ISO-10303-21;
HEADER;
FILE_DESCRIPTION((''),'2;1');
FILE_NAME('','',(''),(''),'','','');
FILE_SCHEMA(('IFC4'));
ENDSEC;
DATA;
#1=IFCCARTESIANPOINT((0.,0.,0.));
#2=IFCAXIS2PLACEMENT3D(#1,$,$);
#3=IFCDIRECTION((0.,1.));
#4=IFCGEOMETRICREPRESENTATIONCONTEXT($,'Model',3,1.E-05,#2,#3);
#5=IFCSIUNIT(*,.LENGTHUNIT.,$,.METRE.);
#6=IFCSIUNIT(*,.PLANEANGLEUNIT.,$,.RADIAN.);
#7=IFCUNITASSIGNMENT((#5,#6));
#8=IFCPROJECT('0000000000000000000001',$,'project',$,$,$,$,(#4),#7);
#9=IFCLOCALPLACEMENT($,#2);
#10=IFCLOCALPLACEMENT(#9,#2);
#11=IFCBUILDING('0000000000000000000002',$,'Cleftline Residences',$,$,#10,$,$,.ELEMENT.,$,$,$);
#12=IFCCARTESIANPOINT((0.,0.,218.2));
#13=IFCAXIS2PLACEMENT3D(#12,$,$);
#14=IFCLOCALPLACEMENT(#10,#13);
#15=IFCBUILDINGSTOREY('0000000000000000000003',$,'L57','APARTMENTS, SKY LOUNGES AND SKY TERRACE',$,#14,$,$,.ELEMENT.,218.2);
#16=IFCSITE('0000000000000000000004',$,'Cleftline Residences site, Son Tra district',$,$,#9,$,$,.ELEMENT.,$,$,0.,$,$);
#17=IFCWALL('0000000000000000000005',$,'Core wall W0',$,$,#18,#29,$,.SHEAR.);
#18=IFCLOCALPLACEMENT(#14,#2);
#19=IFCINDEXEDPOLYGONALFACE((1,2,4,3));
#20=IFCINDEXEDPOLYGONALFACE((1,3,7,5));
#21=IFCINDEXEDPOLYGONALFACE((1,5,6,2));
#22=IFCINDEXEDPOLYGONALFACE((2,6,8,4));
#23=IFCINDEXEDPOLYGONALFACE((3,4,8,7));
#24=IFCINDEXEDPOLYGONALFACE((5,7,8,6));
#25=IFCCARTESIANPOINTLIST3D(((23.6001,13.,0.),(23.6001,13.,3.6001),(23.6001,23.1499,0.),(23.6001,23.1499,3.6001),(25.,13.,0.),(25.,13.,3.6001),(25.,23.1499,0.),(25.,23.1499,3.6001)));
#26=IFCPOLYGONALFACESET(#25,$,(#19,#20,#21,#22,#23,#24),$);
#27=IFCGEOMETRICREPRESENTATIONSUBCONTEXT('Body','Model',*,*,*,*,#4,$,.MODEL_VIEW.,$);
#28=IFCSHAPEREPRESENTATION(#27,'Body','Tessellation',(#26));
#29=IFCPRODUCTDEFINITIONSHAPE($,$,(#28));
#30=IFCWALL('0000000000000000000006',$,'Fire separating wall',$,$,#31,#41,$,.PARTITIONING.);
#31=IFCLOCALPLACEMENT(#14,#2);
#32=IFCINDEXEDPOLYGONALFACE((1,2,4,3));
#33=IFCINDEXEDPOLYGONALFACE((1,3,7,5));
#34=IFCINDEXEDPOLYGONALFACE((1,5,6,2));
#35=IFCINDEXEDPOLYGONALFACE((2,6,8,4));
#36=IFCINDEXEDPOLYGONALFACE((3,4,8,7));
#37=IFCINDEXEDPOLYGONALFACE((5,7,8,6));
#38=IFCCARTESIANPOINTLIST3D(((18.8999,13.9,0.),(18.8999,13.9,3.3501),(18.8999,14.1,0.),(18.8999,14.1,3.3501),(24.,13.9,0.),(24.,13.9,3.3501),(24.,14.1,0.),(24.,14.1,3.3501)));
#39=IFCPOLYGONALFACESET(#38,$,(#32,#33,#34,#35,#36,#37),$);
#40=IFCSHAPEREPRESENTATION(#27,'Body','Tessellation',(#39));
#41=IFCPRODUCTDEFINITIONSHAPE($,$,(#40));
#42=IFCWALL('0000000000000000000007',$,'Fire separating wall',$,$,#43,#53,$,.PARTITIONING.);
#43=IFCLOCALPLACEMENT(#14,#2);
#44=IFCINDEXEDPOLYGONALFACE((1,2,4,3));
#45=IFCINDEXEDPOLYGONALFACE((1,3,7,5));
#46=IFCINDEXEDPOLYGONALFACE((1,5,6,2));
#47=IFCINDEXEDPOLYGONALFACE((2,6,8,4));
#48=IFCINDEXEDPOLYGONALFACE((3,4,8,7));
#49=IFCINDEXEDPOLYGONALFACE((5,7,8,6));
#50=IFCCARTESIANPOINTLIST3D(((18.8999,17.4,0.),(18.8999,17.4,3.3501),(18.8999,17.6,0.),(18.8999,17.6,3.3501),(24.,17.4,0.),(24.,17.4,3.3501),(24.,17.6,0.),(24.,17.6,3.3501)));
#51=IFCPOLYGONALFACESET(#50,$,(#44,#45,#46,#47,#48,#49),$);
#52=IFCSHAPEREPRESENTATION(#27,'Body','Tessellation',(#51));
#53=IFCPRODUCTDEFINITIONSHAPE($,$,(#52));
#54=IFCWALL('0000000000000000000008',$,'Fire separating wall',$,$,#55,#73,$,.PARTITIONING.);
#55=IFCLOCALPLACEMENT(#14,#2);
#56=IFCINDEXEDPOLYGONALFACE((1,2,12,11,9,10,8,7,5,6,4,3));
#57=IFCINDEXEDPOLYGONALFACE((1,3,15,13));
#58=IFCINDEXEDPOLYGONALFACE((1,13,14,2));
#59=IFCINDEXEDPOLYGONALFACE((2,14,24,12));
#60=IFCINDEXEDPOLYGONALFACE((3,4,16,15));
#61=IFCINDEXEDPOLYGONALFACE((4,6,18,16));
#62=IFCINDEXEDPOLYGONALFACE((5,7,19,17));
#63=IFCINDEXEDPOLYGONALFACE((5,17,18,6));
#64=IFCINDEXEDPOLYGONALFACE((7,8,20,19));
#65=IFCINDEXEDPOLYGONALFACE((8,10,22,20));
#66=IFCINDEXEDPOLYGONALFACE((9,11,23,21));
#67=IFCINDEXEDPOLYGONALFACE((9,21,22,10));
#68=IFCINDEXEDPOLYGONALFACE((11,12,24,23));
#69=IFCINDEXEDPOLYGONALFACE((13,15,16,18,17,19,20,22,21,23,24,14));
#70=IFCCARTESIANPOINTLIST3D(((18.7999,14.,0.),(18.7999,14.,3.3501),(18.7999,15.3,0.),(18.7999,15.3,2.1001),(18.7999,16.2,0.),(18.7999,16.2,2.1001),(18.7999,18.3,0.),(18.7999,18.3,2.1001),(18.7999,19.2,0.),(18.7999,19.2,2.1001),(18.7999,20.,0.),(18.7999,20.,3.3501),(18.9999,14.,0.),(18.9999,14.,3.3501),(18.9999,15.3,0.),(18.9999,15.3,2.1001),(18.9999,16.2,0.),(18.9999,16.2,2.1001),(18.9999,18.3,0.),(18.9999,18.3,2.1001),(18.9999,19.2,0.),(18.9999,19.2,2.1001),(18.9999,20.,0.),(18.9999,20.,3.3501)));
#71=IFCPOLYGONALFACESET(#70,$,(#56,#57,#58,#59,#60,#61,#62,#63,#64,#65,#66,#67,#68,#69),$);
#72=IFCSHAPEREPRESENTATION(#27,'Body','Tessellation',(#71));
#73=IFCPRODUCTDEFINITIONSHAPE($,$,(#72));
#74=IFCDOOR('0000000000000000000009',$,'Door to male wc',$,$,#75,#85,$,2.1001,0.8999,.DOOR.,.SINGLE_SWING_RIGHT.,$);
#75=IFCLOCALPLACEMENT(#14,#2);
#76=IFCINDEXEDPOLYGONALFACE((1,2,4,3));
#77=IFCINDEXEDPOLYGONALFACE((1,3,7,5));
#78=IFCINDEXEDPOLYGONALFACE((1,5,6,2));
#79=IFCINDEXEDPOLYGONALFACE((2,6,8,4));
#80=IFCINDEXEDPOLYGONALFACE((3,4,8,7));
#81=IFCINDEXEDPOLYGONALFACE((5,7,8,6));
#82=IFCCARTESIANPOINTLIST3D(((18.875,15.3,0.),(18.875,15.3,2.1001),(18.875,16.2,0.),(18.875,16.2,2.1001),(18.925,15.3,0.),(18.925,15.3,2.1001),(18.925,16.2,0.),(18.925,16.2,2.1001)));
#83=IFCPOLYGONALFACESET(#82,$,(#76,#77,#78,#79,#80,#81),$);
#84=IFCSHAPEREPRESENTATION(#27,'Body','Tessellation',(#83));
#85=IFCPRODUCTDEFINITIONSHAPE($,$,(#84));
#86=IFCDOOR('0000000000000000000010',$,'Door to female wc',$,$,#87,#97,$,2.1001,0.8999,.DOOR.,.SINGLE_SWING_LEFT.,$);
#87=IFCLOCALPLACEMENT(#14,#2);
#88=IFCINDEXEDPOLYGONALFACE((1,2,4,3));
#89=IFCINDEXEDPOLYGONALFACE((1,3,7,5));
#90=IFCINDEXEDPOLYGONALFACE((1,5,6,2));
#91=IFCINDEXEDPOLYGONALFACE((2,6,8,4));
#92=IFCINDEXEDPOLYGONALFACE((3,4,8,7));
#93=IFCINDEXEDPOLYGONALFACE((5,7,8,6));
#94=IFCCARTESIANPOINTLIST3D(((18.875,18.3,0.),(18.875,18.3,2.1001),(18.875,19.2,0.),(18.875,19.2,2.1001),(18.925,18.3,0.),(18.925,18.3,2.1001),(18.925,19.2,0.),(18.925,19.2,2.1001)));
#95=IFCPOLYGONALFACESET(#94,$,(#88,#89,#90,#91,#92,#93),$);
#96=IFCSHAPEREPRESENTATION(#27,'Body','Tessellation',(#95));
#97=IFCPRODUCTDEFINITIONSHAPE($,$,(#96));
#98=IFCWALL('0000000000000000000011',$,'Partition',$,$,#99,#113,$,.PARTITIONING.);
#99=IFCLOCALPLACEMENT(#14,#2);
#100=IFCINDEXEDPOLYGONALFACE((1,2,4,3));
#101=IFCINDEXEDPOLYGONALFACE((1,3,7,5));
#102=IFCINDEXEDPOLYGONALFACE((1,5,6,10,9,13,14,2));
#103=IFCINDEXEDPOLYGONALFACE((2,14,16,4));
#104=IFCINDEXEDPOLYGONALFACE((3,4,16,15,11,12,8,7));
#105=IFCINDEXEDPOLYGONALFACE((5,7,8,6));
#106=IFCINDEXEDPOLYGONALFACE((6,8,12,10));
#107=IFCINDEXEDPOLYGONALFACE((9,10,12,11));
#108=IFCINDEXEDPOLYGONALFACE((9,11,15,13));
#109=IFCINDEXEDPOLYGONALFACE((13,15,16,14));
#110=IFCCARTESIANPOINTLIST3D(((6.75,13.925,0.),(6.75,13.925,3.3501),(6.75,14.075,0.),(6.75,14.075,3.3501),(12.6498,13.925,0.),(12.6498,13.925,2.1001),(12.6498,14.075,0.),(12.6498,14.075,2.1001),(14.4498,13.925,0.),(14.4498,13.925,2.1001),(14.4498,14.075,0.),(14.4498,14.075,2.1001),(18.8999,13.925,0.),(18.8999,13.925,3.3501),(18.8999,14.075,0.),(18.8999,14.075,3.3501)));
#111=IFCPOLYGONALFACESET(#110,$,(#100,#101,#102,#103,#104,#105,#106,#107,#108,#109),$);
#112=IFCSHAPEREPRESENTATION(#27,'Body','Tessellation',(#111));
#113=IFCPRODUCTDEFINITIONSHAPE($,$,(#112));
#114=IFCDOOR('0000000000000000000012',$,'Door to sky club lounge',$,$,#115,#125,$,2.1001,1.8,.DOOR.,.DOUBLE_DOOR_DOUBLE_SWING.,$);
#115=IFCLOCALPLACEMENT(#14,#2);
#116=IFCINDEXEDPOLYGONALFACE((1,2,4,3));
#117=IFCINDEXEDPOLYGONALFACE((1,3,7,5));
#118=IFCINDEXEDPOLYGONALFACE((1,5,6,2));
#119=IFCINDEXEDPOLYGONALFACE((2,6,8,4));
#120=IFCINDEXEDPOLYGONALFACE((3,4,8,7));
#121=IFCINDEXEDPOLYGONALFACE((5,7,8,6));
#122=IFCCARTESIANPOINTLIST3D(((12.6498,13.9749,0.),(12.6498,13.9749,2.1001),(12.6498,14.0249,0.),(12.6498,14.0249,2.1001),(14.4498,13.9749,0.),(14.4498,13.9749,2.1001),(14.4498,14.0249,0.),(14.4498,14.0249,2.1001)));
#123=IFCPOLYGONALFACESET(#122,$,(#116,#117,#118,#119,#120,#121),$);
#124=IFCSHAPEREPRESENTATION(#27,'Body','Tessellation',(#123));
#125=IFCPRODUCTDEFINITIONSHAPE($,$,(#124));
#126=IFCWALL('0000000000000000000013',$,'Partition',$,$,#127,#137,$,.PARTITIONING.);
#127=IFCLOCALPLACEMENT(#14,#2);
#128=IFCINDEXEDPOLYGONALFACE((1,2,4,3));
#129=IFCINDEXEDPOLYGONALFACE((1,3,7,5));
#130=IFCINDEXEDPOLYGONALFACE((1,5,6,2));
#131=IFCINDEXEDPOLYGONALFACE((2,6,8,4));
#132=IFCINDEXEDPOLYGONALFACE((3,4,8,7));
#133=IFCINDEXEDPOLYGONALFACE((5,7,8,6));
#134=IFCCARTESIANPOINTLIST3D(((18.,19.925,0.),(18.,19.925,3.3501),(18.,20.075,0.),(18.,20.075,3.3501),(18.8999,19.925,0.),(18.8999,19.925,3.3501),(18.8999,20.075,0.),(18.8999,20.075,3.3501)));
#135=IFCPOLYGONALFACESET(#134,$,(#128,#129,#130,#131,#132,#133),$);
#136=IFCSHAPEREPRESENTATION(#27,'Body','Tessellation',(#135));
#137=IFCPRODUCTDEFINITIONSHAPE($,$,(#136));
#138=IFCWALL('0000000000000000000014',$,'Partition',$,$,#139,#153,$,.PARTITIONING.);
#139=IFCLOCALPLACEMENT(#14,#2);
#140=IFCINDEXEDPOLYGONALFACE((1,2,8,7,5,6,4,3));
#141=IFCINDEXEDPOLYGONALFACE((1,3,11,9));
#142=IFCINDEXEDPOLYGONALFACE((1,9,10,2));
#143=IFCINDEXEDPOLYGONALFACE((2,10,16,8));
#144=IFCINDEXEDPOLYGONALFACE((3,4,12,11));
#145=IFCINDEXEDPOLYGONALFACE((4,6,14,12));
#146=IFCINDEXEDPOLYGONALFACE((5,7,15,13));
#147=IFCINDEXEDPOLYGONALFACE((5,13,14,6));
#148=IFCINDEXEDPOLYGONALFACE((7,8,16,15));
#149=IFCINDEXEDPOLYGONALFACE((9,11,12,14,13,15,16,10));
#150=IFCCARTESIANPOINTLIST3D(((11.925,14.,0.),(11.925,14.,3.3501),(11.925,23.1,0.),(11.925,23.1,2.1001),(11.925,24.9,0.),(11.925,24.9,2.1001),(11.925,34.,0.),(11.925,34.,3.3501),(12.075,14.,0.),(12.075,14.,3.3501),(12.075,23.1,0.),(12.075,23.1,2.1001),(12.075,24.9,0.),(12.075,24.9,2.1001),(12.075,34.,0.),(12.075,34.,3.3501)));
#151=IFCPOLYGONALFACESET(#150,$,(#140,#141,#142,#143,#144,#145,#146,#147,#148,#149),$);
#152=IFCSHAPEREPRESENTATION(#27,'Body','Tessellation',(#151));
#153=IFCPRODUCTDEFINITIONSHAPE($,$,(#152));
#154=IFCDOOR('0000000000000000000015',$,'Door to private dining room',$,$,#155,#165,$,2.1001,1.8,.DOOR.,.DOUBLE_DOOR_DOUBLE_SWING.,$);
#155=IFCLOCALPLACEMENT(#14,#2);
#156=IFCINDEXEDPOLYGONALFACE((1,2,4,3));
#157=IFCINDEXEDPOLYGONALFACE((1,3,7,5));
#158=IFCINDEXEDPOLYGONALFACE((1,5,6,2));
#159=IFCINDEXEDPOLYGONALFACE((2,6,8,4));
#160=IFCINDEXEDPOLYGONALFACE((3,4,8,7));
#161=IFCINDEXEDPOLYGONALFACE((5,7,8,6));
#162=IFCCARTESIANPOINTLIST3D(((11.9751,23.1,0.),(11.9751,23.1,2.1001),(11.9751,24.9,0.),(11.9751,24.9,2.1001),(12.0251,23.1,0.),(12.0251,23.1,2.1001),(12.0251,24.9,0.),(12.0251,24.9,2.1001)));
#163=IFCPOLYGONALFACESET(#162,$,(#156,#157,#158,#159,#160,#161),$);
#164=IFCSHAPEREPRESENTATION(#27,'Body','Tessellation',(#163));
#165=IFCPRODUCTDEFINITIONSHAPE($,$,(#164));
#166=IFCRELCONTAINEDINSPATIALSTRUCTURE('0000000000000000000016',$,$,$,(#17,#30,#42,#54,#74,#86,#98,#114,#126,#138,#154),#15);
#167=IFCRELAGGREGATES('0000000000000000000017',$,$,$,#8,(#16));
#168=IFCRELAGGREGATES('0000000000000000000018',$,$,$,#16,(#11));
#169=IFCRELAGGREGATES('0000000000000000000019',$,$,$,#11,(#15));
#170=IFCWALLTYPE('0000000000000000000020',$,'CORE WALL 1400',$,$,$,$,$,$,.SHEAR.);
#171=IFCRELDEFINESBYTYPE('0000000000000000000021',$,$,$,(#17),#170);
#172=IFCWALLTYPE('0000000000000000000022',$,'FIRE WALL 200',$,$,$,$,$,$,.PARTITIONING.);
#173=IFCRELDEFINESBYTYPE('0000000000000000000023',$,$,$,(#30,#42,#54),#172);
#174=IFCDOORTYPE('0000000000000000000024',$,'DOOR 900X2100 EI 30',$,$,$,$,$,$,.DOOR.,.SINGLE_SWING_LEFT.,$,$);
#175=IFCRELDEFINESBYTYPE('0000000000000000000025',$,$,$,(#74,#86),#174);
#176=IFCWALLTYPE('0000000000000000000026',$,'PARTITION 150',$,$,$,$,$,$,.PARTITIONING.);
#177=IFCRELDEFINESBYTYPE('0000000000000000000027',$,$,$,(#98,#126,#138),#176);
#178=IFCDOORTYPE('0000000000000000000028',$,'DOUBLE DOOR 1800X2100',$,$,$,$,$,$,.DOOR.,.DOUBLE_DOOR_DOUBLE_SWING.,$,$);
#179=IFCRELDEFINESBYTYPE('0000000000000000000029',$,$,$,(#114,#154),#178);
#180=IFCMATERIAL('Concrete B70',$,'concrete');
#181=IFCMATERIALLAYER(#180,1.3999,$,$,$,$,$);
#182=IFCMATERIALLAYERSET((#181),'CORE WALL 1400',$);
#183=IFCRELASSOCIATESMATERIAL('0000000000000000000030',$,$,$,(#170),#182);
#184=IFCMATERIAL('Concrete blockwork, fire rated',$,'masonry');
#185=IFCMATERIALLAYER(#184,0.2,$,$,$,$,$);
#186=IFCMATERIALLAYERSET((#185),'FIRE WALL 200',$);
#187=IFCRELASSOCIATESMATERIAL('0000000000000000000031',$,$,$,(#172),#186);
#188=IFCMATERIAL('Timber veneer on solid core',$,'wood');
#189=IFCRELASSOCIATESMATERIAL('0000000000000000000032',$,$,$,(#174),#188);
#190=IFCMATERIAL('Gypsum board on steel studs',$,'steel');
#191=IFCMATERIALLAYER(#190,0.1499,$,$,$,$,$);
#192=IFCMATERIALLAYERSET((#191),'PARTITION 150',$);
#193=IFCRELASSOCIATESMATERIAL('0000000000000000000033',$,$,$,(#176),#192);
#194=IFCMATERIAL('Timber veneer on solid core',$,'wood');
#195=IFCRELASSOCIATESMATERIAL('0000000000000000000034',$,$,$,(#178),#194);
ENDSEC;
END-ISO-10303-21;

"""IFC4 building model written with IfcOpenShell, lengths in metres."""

from ifc_helpers import new_model, si_unit, direction, frame, frame_2d, origin, place, context, subcontext, project, spatial, rectangle, extrude, material, layer, layer_set, type_object, element, fill, save


model = new_model("IFC4")

# Units and contexts
model_context = context("Model", 3, precision=1e-05, world=origin(), true_north=direction((0.0, 1.0)))
body_context = subcontext(model_context, "Body", "Model", "MODEL_VIEW")
ifc_project = project(units=[si_unit("LENGTHUNIT", "METRE"), si_unit("PLANEANGLEUNIT", "RADIAN")], contexts=[model_context])

# Site, building, storey
site_placement = place(None, origin())
site = spatial("IfcSite", under=ifc_project, at=site_placement, Name="Cleftline Residences site, Son Tra district", CompositionType="ELEMENT", RefElevation=0.0)
building_placement = place(site_placement, origin())
building = spatial("IfcBuilding", under=site, at=building_placement, Name="Cleftline Residences", CompositionType="ELEMENT")
storey_placement = place(building_placement, frame((0.0, 0.0, 218.2)))
storey = spatial("IfcBuildingStorey", under=building, at=storey_placement, Name="L57", Description="APARTMENTS, SKY LOUNGES AND SKY TERRACE", CompositionType="ELEMENT", Elevation=218.2)

# Walls
ifc_material_1 = material(Name="Concrete B70", Category="concrete")
ifc_layer_1 = layer(ifc_material_1, 1.3999)
ifc_layer_set_1 = layer_set([ifc_layer_1], Name="CORE WALL 1400")
wall_type_1 = type_object("IfcWallType", Name="CORE WALL 1400", PredefinedType="SHEAR", material=ifc_layer_set_1)
wall_1_placement = place(storey_placement, frame((24.3, 13.0, 0.0), z_axis=(0.0, 0.0, 1.0), x_axis=(0.0, 1.0, 0.0)))
element("IfcWall", 1, at=wall_1_placement, inside=storey, type_object=wall_type_1, Name="Core wall W0", PredefinedType="SHEAR", context=body_context, shape_type="SweptSolid", body=[
    extrude(rectangle(XDim=10.1499, YDim=1.3999, at=frame_2d((5.075, 0.0))), origin(), (0.0, 0.0, 1.0), 3.6001),
])
ifc_material_2 = material(Name="Concrete blockwork, fire rated", Category="masonry")
ifc_layer_2 = layer(ifc_material_2, 0.2)
ifc_layer_set_2 = layer_set([ifc_layer_2], Name="FIRE WALL 200")
wall_type_2 = type_object("IfcWallType", Name="FIRE WALL 200", PredefinedType="PARTITIONING", material=ifc_layer_set_2)
for number, where, z_axis, x_axis, name in (
    (2, (18.8999, 14.0, 0.0), (0.0, 0.0, 1.0), (1.0, 0.0, 0.0), "Fire separating wall"),
    (3, (18.8999, 17.5, 0.0), (0.0, 0.0, 1.0), (1.0, 0.0, 0.0), "Fire separating wall"),
):
    element("IfcWall", number, at=place(storey_placement, frame(where, z_axis=z_axis, x_axis=x_axis)), inside=storey, type_object=wall_type_2, Name=name, PredefinedType="PARTITIONING", context=body_context, shape_type="SweptSolid", body=[
        extrude(rectangle(XDim=5.1001, YDim=0.2, at=frame_2d((2.55, 0.0))), origin(), (0.0, 0.0, 1.0), 3.3501),
    ])

# Wall, openings, doors
wall_2_placement = place(storey_placement, frame((18.8999, 14.0, 0.0), z_axis=(0.0, 0.0, 1.0), x_axis=(0.0, 1.0, 0.0)))
wall_2 = element("IfcWall", 4, at=wall_2_placement, inside=storey, type_object=wall_type_2, Name="Fire separating wall", PredefinedType="PARTITIONING", context=body_context, shape_type="SweptSolid", body=[
    extrude(rectangle(XDim=6.0, YDim=0.2, at=frame_2d((3.0, 0.0))), origin(), (0.0, 0.0, 1.0), 3.3501),
])
opening_1_placement = place(wall_2_placement, frame((1.3, 0.0, 0.0)))
opening_1 = element("IfcOpeningElement", 5, at=opening_1_placement, cuts=wall_2, PredefinedType="OPENING", context=body_context, shape_type="SweptSolid", body=[
    extrude(rectangle(XDim=0.8999, YDim=2.1001, at=frame_2d((0.45, 1.05))), frame((0.0, 0.1099, 0.0), z_axis=(0.0, -1.0, 0.0), x_axis=(1.0, 0.0, 0.0)), (0.0, 0.0, 1.0), 0.22),
])
opening_2_placement = place(wall_2_placement, frame((4.3, 0.0, 0.0)))
opening_2 = element("IfcOpeningElement", 6, at=opening_2_placement, cuts=wall_2, PredefinedType="OPENING", context=body_context, shape_type="SweptSolid", body=[
    extrude(rectangle(XDim=0.8999, YDim=2.1001, at=frame_2d((0.45, 1.05))), frame((0.0, 0.1099, 0.0), z_axis=(0.0, -1.0, 0.0), x_axis=(1.0, 0.0, 0.0)), (0.0, 0.0, 1.0), 0.22),
])
ifc_material_3 = material(Name="Timber veneer on solid core", Category="wood")
door_type_1 = type_object("IfcDoorType", Name="DOOR 900X2100 EI 30", OperationType="SINGLE_SWING_LEFT", PredefinedType="DOOR", material=ifc_material_3)
door_1_placement = place(opening_1_placement, origin())
door_1 = element("IfcDoor", 7, at=door_1_placement, inside=storey, type_object=door_type_1, Name="Door to male wc", OperationType="SINGLE_SWING_RIGHT", OverallHeight=2.1001, OverallWidth=0.8999, PredefinedType="DOOR", context=body_context, shape_type="SweptSolid", body=[
    extrude(rectangle(XDim=0.8999, YDim=2.1001, at=frame_2d((0.45, 1.05))), frame((0.0, 0.0249, 0.0), z_axis=(0.0, -1.0, 0.0), x_axis=(1.0, 0.0, 0.0)), (0.0, 0.0, 1.0), 0.05),
])
fill(opening_1, door_1)
door_2_placement = place(opening_2_placement, origin())
door_2 = element("IfcDoor", 8, at=door_2_placement, inside=storey, type_object=door_type_1, Name="Door to female wc", OperationType="SINGLE_SWING_LEFT", OverallHeight=2.1001, OverallWidth=0.8999, PredefinedType="DOOR", context=body_context, shape_type="SweptSolid", body=[
    extrude(rectangle(XDim=0.8999, YDim=2.1001, at=frame_2d((0.45, 1.05))), frame((0.0, 0.0249, 0.0), z_axis=(0.0, -1.0, 0.0), x_axis=(1.0, 0.0, 0.0)), (0.0, 0.0, 1.0), 0.05),
])
fill(opening_2, door_2)

# Wall, opening, door
ifc_material_4 = material(Name="Gypsum board on steel studs", Category="steel")
ifc_layer_3 = layer(ifc_material_4, 0.1499)
ifc_layer_set_3 = layer_set([ifc_layer_3], Name="PARTITION 150")
wall_type_3 = type_object("IfcWallType", Name="PARTITION 150", PredefinedType="PARTITIONING", material=ifc_layer_set_3)
wall_3_placement = place(storey_placement, frame((6.75, 14.0, 0.0), z_axis=(0.0, 0.0, 1.0), x_axis=(1.0, 0.0, 0.0)))
wall_3 = element("IfcWall", 9, at=wall_3_placement, inside=storey, type_object=wall_type_3, Name="Partition", PredefinedType="PARTITIONING", context=body_context, shape_type="SweptSolid", body=[
    extrude(rectangle(XDim=12.1499, YDim=0.1499, at=frame_2d((6.075, 0.0))), origin(), (0.0, 0.0, 1.0), 3.3501),
])
opening_3_placement = place(wall_3_placement, frame((5.8999, 0.0, 0.0)))
opening_3 = element("IfcOpeningElement", 10, at=opening_3_placement, cuts=wall_3, PredefinedType="OPENING", context=body_context, shape_type="SweptSolid", body=[
    extrude(rectangle(XDim=1.8, YDim=2.1001, at=frame_2d((0.8999, 1.05))), frame((0.0, 0.085, 0.0), z_axis=(0.0, -1.0, 0.0), x_axis=(1.0, 0.0, 0.0)), (0.0, 0.0, 1.0), 0.1699),
])
ifc_material_5 = material(Name="Timber veneer on solid core", Category="wood")
door_type_2 = type_object("IfcDoorType", Name="DOUBLE DOOR 1800X2100", OperationType="DOUBLE_DOOR_DOUBLE_SWING", PredefinedType="DOOR", material=ifc_material_5)
door_3_placement = place(opening_3_placement, origin())
door_3 = element("IfcDoor", 11, at=door_3_placement, inside=storey, type_object=door_type_2, Name="Door to sky club lounge", OperationType="DOUBLE_DOOR_DOUBLE_SWING", OverallHeight=2.1001, OverallWidth=1.8, PredefinedType="DOOR", context=body_context, shape_type="SweptSolid", body=[
    extrude(rectangle(XDim=1.8, YDim=2.1001, at=frame_2d((0.8999, 1.05))), frame((0.0, 0.0249, 0.0), z_axis=(0.0, -1.0, 0.0), x_axis=(1.0, 0.0, 0.0)), (0.0, 0.0, 1.0), 0.05),
])
fill(opening_3, door_3)

# Wall
wall_4_placement = place(storey_placement, frame((18.0, 20.0, 0.0), z_axis=(0.0, 0.0, 1.0), x_axis=(1.0, 0.0, 0.0)))
element("IfcWall", 12, at=wall_4_placement, inside=storey, type_object=wall_type_3, Name="Partition", PredefinedType="PARTITIONING", context=body_context, shape_type="SweptSolid", body=[
    extrude(rectangle(XDim=0.8999, YDim=0.1499, at=frame_2d((0.45, 0.0))), origin(), (0.0, 0.0, 1.0), 3.3501),
])

# Wall, opening, door
wall_5_placement = place(storey_placement, frame((12.0, 14.0, 0.0), z_axis=(0.0, 0.0, 1.0), x_axis=(0.0, 1.0, 0.0)))
wall_5 = element("IfcWall", 13, at=wall_5_placement, inside=storey, type_object=wall_type_3, Name="Partition", PredefinedType="PARTITIONING", context=body_context, shape_type="SweptSolid", body=[
    extrude(rectangle(XDim=20.0, YDim=0.1499, at=frame_2d((10.0, 0.0))), origin(), (0.0, 0.0, 1.0), 3.3501),
])
opening_4_placement = place(wall_5_placement, frame((9.1001, 0.0, 0.0)))
opening_4 = element("IfcOpeningElement", 14, at=opening_4_placement, cuts=wall_5, PredefinedType="OPENING", context=body_context, shape_type="SweptSolid", body=[
    extrude(rectangle(XDim=1.8, YDim=2.1001, at=frame_2d((0.8999, 1.05))), frame((0.0, 0.085, 0.0), z_axis=(0.0, -1.0, 0.0), x_axis=(1.0, 0.0, 0.0)), (0.0, 0.0, 1.0), 0.1699),
])
door_4_placement = place(opening_4_placement, origin())
door_4 = element("IfcDoor", 15, at=door_4_placement, inside=storey, type_object=door_type_2, Name="Door to private dining room", OperationType="DOUBLE_DOOR_DOUBLE_SWING", OverallHeight=2.1001, OverallWidth=1.8, PredefinedType="DOOR", context=body_context, shape_type="SweptSolid", body=[
    extrude(rectangle(XDim=1.8, YDim=2.1001, at=frame_2d((0.8999, 1.05))), frame((0.0, 0.0249, 0.0), z_axis=(0.0, -1.0, 0.0), x_axis=(1.0, 0.0, 0.0)), (0.0, 0.0, 1.0), 0.05),
])
fill(opening_4, door_4)

save(model, "model.ifc")
